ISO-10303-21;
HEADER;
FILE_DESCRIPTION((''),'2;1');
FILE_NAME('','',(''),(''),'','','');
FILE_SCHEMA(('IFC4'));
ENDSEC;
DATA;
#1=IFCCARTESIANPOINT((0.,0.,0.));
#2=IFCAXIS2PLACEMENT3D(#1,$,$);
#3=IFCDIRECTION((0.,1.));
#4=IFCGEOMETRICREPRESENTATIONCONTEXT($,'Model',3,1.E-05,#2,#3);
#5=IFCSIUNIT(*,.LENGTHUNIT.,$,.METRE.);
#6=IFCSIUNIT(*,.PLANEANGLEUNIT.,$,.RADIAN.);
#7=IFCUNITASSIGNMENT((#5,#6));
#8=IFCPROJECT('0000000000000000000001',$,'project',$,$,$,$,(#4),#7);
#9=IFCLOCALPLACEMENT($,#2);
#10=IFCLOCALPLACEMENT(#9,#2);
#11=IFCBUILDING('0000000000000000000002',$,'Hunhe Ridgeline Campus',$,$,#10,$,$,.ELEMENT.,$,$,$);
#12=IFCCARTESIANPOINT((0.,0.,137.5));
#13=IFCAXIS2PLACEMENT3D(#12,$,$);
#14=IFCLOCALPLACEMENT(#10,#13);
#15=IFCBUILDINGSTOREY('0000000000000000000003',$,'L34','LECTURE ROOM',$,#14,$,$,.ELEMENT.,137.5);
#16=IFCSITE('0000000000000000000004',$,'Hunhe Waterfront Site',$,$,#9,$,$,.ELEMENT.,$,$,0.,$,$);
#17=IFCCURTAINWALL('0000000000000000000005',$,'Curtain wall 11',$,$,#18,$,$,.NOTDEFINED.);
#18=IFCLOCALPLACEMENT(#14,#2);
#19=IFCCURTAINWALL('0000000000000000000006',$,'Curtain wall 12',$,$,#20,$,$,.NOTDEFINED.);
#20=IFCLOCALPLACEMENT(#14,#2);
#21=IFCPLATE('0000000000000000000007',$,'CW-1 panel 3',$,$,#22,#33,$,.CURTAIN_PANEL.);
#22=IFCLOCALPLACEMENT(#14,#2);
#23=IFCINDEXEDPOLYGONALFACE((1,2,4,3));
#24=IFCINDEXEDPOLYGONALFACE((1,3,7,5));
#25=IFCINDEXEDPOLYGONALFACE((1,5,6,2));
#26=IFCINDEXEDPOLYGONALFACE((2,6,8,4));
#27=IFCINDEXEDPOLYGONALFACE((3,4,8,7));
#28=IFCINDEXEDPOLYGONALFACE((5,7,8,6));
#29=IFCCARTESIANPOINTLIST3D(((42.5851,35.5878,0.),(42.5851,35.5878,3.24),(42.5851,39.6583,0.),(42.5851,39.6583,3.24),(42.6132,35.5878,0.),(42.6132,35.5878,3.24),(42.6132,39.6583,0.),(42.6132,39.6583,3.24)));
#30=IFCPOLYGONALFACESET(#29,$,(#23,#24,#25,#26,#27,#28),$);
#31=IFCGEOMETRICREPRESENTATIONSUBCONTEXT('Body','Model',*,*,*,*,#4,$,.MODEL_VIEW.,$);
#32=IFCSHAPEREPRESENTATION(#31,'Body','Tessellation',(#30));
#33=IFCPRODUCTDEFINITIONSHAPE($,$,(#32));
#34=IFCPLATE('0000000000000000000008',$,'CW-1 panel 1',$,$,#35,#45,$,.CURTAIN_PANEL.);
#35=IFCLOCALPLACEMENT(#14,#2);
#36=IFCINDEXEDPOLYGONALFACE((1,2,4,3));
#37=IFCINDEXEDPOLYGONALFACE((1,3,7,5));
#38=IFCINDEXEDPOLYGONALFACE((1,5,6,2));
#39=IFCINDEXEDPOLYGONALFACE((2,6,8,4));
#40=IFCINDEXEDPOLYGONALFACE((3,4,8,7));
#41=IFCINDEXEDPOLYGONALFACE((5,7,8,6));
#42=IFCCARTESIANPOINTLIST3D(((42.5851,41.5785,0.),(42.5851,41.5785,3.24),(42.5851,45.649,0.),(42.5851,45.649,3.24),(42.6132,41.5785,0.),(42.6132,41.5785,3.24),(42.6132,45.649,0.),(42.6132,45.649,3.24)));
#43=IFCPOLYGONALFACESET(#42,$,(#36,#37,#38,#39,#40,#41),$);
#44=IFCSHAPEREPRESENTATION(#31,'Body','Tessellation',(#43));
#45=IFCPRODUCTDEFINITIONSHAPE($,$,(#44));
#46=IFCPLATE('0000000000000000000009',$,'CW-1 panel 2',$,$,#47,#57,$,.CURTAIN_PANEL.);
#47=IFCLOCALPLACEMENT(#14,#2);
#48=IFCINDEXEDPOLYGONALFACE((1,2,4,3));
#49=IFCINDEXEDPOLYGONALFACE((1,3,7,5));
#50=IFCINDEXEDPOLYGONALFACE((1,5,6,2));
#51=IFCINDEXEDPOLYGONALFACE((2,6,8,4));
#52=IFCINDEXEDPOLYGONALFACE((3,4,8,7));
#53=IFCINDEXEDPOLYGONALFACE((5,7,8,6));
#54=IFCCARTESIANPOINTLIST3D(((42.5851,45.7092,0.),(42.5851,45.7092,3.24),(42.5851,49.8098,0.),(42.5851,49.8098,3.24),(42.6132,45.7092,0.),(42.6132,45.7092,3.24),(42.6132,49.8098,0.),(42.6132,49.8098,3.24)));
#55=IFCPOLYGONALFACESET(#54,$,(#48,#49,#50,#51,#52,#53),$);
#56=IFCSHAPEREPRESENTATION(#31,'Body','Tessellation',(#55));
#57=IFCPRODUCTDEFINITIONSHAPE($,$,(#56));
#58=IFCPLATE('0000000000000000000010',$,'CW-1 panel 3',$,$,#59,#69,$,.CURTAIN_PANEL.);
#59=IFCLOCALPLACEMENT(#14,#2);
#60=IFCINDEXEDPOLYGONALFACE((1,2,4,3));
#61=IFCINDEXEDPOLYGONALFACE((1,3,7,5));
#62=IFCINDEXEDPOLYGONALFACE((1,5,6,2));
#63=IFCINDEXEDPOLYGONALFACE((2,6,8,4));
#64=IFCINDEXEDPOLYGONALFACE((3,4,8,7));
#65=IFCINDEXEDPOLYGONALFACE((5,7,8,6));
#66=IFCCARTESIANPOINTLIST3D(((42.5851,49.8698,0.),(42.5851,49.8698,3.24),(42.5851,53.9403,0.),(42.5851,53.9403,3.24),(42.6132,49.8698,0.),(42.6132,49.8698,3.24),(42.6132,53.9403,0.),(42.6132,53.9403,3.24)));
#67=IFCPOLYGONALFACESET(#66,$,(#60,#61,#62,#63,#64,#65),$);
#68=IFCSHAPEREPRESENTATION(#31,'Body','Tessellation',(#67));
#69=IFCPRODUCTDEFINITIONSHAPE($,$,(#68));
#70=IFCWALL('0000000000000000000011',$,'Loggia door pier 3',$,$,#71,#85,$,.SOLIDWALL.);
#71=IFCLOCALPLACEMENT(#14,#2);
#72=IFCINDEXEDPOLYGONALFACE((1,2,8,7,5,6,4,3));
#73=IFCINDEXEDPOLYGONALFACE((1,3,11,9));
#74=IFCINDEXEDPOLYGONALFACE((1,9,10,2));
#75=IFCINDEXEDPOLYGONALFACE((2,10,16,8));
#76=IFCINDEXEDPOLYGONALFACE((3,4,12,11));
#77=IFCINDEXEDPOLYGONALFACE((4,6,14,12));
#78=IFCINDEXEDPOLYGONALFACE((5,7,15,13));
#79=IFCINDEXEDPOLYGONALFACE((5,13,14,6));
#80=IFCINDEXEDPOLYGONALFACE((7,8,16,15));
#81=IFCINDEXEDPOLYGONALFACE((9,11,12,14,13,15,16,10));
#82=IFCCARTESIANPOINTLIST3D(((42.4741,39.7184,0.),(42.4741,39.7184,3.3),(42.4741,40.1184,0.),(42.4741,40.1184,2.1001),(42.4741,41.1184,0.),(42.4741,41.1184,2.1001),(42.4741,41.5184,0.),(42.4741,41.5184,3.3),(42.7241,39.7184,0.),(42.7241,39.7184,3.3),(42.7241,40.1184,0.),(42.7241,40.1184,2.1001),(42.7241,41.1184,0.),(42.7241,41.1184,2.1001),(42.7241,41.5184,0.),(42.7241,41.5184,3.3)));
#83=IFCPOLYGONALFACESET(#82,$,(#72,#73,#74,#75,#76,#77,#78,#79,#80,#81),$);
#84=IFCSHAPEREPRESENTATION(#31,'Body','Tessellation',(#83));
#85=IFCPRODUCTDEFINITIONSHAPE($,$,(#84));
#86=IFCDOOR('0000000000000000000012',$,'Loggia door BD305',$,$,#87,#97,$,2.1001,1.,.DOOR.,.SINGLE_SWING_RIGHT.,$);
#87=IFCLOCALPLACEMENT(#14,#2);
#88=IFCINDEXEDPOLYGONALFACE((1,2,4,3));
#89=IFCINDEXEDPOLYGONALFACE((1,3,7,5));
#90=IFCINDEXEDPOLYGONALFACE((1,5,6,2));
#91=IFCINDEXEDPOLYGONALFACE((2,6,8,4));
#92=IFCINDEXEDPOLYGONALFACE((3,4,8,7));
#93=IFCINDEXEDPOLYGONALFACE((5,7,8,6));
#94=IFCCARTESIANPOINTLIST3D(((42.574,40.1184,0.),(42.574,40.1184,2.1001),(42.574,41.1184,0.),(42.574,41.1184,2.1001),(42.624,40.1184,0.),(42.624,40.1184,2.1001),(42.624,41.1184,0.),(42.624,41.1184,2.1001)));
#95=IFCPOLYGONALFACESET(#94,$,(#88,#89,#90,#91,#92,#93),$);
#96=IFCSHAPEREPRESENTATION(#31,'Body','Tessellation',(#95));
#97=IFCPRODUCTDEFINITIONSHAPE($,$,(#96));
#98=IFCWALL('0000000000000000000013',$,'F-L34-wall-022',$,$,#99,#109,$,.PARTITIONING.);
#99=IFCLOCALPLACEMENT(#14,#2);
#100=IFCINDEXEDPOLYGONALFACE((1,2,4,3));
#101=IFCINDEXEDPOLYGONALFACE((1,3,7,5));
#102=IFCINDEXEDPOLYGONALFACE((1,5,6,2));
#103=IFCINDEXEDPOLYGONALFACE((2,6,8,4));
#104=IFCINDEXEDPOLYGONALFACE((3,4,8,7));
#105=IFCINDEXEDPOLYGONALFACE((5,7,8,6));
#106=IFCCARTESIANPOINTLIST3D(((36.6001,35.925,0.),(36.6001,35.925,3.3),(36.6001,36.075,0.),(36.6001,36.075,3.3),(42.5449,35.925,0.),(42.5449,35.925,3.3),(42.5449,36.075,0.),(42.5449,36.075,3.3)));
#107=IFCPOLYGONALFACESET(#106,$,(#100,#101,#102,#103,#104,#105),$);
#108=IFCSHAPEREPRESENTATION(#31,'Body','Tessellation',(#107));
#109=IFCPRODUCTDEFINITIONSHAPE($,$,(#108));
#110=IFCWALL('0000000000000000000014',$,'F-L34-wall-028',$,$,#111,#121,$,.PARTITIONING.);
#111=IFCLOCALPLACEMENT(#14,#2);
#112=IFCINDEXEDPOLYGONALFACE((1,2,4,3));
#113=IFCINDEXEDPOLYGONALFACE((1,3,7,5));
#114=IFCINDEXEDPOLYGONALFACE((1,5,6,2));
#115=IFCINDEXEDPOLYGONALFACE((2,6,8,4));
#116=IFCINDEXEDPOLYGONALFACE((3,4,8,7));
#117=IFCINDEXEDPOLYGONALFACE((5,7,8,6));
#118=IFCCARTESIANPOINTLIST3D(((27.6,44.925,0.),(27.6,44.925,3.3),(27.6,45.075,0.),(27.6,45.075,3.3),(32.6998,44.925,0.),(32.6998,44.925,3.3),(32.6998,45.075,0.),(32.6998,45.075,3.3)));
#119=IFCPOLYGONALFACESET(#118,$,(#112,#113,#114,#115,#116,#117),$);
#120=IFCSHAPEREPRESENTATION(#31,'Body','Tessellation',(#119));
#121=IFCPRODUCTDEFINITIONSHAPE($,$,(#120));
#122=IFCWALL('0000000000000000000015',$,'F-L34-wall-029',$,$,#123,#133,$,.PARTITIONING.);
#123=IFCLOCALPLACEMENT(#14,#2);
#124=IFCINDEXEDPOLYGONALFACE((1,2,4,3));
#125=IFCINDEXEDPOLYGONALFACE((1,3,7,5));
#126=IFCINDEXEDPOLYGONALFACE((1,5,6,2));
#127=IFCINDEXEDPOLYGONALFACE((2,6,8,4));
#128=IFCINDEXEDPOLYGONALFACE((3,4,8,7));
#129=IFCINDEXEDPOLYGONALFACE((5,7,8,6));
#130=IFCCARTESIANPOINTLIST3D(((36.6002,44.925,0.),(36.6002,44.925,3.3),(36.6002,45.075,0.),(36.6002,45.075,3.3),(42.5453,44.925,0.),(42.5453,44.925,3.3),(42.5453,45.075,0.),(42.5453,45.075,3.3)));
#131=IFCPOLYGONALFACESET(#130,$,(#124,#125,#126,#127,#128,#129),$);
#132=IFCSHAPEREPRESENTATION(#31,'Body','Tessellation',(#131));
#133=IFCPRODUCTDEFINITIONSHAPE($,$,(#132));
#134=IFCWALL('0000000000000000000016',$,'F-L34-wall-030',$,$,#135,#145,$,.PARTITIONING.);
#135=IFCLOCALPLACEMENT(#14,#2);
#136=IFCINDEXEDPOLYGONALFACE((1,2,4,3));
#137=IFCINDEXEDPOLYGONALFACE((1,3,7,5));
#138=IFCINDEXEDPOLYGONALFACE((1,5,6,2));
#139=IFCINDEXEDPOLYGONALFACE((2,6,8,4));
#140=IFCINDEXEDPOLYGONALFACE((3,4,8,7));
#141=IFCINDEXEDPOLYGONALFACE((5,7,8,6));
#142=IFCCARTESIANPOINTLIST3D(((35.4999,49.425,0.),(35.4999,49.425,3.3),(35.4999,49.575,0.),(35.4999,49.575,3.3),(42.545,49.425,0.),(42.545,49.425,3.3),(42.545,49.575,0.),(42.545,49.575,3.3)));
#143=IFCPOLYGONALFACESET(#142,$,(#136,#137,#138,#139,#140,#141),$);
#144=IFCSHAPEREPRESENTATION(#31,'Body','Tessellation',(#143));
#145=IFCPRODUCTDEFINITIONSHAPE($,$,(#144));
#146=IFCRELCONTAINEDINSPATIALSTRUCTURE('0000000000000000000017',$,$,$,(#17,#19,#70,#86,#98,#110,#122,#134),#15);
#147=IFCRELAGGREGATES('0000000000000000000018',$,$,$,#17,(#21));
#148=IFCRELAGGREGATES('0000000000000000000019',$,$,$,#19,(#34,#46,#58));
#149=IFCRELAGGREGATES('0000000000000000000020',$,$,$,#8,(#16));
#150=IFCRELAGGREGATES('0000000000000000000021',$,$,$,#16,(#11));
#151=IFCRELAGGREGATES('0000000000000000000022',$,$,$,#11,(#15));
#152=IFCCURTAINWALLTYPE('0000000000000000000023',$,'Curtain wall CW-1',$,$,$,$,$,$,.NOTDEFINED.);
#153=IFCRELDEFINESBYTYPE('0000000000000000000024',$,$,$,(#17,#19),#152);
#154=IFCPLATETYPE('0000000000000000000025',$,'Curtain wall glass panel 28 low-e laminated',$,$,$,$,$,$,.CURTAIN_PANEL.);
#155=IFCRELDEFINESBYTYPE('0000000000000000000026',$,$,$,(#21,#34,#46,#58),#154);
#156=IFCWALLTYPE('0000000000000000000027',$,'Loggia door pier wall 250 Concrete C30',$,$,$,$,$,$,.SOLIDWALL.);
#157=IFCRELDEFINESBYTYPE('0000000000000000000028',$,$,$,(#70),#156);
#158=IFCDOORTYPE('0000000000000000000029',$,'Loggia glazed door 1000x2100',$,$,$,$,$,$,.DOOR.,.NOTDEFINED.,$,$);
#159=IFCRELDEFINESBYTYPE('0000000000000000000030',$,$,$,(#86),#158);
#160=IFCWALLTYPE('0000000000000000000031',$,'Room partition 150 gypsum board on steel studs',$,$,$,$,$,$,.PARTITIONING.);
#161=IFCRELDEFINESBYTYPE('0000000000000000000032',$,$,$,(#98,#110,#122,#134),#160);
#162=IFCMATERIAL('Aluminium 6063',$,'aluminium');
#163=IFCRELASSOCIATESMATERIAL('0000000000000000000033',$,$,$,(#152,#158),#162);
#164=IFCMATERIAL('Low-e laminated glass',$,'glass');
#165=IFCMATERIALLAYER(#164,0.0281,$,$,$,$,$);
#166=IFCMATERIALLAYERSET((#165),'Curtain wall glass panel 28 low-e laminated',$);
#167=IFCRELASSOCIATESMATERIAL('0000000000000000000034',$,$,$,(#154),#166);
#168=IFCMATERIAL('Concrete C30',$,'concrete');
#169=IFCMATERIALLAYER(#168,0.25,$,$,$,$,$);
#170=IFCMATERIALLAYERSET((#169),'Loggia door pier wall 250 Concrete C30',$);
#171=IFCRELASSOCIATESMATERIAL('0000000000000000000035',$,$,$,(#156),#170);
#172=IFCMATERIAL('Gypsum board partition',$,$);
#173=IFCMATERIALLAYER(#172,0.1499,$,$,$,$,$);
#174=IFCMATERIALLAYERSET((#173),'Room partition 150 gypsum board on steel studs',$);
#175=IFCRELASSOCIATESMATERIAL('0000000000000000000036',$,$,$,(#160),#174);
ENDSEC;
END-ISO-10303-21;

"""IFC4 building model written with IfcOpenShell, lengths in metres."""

from ifc_helpers import new_model, si_unit, direction, frame, frame_2d, origin, origin_2d, place, context, subcontext, project, spatial, rectangle, extrude, material, layer, layer_set, type_object, element, fill, aggregate, save


model = new_model("IFC4")

# Units and contexts
model_context = context("Model", 3, precision=1e-05, world=origin(), true_north=direction((0.0, 1.0)))
body_context = subcontext(model_context, "Body", "Model", "MODEL_VIEW")
ifc_project = project(units=[si_unit("LENGTHUNIT", "METRE"), si_unit("PLANEANGLEUNIT", "RADIAN")], contexts=[model_context])

# Site, building, storey
site_placement = place(None, origin())
site = spatial("IfcSite", under=ifc_project, at=site_placement, Name="Hunhe Waterfront Site", CompositionType="ELEMENT", RefElevation=0.0)
building_placement = place(site_placement, origin())
building = spatial("IfcBuilding", under=site, at=building_placement, Name="Hunhe Ridgeline Campus", CompositionType="ELEMENT")
storey_placement = place(building_placement, frame((0.0, 0.0, 137.5)))
storey = spatial("IfcBuildingStorey", under=building, at=storey_placement, Name="L34", Description="LECTURE ROOM", CompositionType="ELEMENT", Elevation=137.5)

# Curtain wall
ifc_material_1 = material(Name="Aluminium 6063", Category="aluminium")
curtain_wall_type = type_object("IfcCurtainWallType", Name="Curtain wall CW-1", PredefinedType="NOTDEFINED", material=ifc_material_1)
curtain_wall_1_placement = place(storey_placement, origin())
curtain_wall_1 = element("IfcCurtainWall", 1, at=curtain_wall_1_placement, inside=storey, type_object=curtain_wall_type, Name="Curtain wall 11", PredefinedType="NOTDEFINED")

# Curtain wall
curtain_wall_2_placement = place(storey_placement, origin())
curtain_wall_2 = element("IfcCurtainWall", 2, at=curtain_wall_2_placement, inside=storey, type_object=curtain_wall_type, Name="Curtain wall 12", PredefinedType="NOTDEFINED")

# Plates
ifc_material_2 = material(Name="Low-e laminated glass", Category="glass")
ifc_layer_1 = layer(ifc_material_2, 0.0281)
ifc_layer_set_1 = layer_set([ifc_layer_1], Name="Curtain wall glass panel 28 low-e laminated")
plate_type = type_object("IfcPlateType", Name="Curtain wall glass panel 28 low-e laminated", PredefinedType="CURTAIN_PANEL", material=ifc_layer_set_1)
plate_1_placement = place(storey_placement, frame((42.5991, 37.623, 0.0), z_axis=(0.0, 0.0, 1.0), x_axis=(0.000004, 1.0, 0.0)))
plate_1 = element("IfcPlate", 3, at=plate_1_placement, type_object=plate_type, Name="CW-1 panel 3", PredefinedType="CURTAIN_PANEL", context=body_context, shape_type="SweptSolid", body=[
    extrude(rectangle(XDim=4.0706, YDim=0.0281, at=origin_2d()), origin(), (0.0, 0.0, 1.0), 3.24),
])
aggregate(curtain_wall_1, [plate_1])
plate_2_placement = place(storey_placement, frame((42.5991, 43.6138, 0.0), z_axis=(0.0, 0.0, 1.0), x_axis=(0.000004, 1.0, 0.0)))
plate_2 = element("IfcPlate", 4, at=plate_2_placement, type_object=plate_type, Name="CW-1 panel 1", PredefinedType="CURTAIN_PANEL", context=body_context, shape_type="SweptSolid", body=[
    extrude(rectangle(XDim=4.0706, YDim=0.0281, at=origin_2d()), origin(), (0.0, 0.0, 1.0), 3.24),
])
plate_3_placement = place(storey_placement, frame((42.5991, 47.7595, 0.0), z_axis=(0.0, 0.0, 1.0), x_axis=(0.000004, 1.0, 0.0)))
plate_3 = element("IfcPlate", 5, at=plate_3_placement, type_object=plate_type, Name="CW-1 panel 2", PredefinedType="CURTAIN_PANEL", context=body_context, shape_type="SweptSolid", body=[
    extrude(rectangle(XDim=4.1006, YDim=0.0281, at=origin_2d()), origin(), (0.0, 0.0, 1.0), 3.24),
])
plate_4_placement = place(storey_placement, frame((42.5991, 51.905, 0.0), z_axis=(0.0, 0.0, 1.0), x_axis=(0.000004, 1.0, 0.0)))
plate_4 = element("IfcPlate", 6, at=plate_4_placement, type_object=plate_type, Name="CW-1 panel 3", PredefinedType="CURTAIN_PANEL", context=body_context, shape_type="SweptSolid", body=[
    extrude(rectangle(XDim=4.0706, YDim=0.0281, at=origin_2d()), origin(), (0.0, 0.0, 1.0), 3.24),
])
aggregate(curtain_wall_2, [plate_2, plate_3, plate_4])

# Shared definitions
ifc_material_3 = material(Name="Gypsum board partition")

# Wall, opening, door
ifc_material_4 = material(Name="Concrete C30", Category="concrete")
ifc_layer_2 = layer(ifc_material_4, 0.25)
ifc_layer_set_2 = layer_set([ifc_layer_2], Name="Loggia door pier wall 250 Concrete C30")
wall_type_1 = type_object("IfcWallType", Name="Loggia door pier wall 250 Concrete C30", PredefinedType="SOLIDWALL", material=ifc_layer_set_2)
wall_1_placement = place(storey_placement, frame((42.5991, 39.7185, 0.0), z_axis=(0.0, 0.0, 1.0), x_axis=(0.0, 1.0, 0.0)))
wall_1 = element("IfcWall", 7, at=wall_1_placement, inside=storey, type_object=wall_type_1, Name="Loggia door pier 3", PredefinedType="SOLIDWALL", context=body_context, shape_type="SweptSolid", body=[
    extrude(rectangle(XDim=1.8, YDim=0.25, at=frame_2d((0.8999, 0.0))), origin(), (0.0, 0.0, 1.0), 3.3),
])
opening_1_placement = place(wall_1_placement, frame((0.3999, 0.0, 0.0)))
opening_1 = element("IfcOpeningElement", 8, at=opening_1_placement, cuts=wall_1, PredefinedType="OPENING", context=body_context, shape_type="SweptSolid", body=[
    extrude(rectangle(XDim=1.0, YDim=2.1001, at=frame_2d((0.5, 1.05))), frame((0.0, 0.125, 0.0), z_axis=(0.0, -1.0, 0.0), x_axis=(1.0, 0.0, 0.0)), (0.0, 0.0, 1.0), 0.25),
])
door_type_1 = type_object("IfcDoorType", Name="Loggia glazed door 1000x2100", OperationType="NOTDEFINED", PredefinedType="DOOR", material=ifc_material_1)
door_1_placement = place(opening_1_placement, frame((1.0, 0.0, 0.0), z_axis=(0.0, 0.0, 1.0), x_axis=(-1.0, 0.0, 0.0)))
door_1 = element("IfcDoor", 9, at=door_1_placement, inside=storey, type_object=door_type_1, Name="Loggia door BD305", OperationType="SINGLE_SWING_RIGHT", OverallHeight=2.1001, OverallWidth=1.0, PredefinedType="DOOR", context=body_context, shape_type="SweptSolid", body=[
    extrude(rectangle(XDim=1.0, YDim=2.1001, at=frame_2d((0.5, 1.05))), frame((0.0, 0.0249, 0.0), z_axis=(0.0, -1.0, 0.0), x_axis=(1.0, 0.0, 0.0)), (0.0, 0.0, 1.0), 0.05),
])
fill(opening_1, door_1)

# Walls
ifc_layer_3 = layer(ifc_material_3, 0.1499)
ifc_layer_set_3 = layer_set([ifc_layer_3], Name="Room partition 150 gypsum board on steel studs")
wall_type_2 = type_object("IfcWallType", Name="Room partition 150 gypsum board on steel studs", PredefinedType="PARTITIONING", material=ifc_layer_set_3)
wall_2_placement = place(storey_placement, frame((36.6001, 36.0, 0.0), z_axis=(0.0, 0.0, 1.0), x_axis=(1.0, 0.0, 0.0)))
element("IfcWall", 10, at=wall_2_placement, inside=storey, type_object=wall_type_2, Name="F-L34-wall-022", PredefinedType="PARTITIONING", context=body_context, shape_type="SweptSolid", body=[
    extrude(rectangle(XDim=5.9448, YDim=0.1499, at=frame_2d((2.9724, 0.0))), origin(), (0.0, 0.0, 1.0), 3.3),
])
wall_3_placement = place(storey_placement, frame((27.6001, 45.0, 0.0), z_axis=(0.0, 0.0, 1.0), x_axis=(1.0, 0.0, 0.0)))
element("IfcWall", 11, at=wall_3_placement, inside=storey, type_object=wall_type_2, Name="F-L34-wall-028", PredefinedType="PARTITIONING", context=body_context, shape_type="SweptSolid", body=[
    extrude(rectangle(XDim=5.0999, YDim=0.1499, at=frame_2d((2.5498, 0.0))), origin(), (0.0, 0.0, 1.0), 3.3),
])
wall_4_placement = place(storey_placement, frame((36.6001, 45.0, 0.0), z_axis=(0.0, 0.0, 1.0), x_axis=(1.0, 0.0, 0.0)))
element("IfcWall", 12, at=wall_4_placement, inside=storey, type_object=wall_type_2, Name="F-L34-wall-029", PredefinedType="PARTITIONING", context=body_context, shape_type="SweptSolid", body=[
    extrude(rectangle(XDim=5.9451, YDim=0.1499, at=frame_2d((2.9727, 0.0))), origin(), (0.0, 0.0, 1.0), 3.3),
])
wall_5_placement = place(storey_placement, frame((35.5, 49.5, 0.0), z_axis=(0.0, 0.0, 1.0), x_axis=(1.0, 0.0, 0.0)))
element("IfcWall", 13, at=wall_5_placement, inside=storey, type_object=wall_type_2, Name="F-L34-wall-030", PredefinedType="PARTITIONING", context=body_context, shape_type="SweptSolid", body=[
    extrude(rectangle(XDim=7.0452, YDim=0.1499, at=frame_2d((3.5225, 0.0))), origin(), (0.0, 0.0, 1.0), 3.3),
])

save(model, "model.ifc")
